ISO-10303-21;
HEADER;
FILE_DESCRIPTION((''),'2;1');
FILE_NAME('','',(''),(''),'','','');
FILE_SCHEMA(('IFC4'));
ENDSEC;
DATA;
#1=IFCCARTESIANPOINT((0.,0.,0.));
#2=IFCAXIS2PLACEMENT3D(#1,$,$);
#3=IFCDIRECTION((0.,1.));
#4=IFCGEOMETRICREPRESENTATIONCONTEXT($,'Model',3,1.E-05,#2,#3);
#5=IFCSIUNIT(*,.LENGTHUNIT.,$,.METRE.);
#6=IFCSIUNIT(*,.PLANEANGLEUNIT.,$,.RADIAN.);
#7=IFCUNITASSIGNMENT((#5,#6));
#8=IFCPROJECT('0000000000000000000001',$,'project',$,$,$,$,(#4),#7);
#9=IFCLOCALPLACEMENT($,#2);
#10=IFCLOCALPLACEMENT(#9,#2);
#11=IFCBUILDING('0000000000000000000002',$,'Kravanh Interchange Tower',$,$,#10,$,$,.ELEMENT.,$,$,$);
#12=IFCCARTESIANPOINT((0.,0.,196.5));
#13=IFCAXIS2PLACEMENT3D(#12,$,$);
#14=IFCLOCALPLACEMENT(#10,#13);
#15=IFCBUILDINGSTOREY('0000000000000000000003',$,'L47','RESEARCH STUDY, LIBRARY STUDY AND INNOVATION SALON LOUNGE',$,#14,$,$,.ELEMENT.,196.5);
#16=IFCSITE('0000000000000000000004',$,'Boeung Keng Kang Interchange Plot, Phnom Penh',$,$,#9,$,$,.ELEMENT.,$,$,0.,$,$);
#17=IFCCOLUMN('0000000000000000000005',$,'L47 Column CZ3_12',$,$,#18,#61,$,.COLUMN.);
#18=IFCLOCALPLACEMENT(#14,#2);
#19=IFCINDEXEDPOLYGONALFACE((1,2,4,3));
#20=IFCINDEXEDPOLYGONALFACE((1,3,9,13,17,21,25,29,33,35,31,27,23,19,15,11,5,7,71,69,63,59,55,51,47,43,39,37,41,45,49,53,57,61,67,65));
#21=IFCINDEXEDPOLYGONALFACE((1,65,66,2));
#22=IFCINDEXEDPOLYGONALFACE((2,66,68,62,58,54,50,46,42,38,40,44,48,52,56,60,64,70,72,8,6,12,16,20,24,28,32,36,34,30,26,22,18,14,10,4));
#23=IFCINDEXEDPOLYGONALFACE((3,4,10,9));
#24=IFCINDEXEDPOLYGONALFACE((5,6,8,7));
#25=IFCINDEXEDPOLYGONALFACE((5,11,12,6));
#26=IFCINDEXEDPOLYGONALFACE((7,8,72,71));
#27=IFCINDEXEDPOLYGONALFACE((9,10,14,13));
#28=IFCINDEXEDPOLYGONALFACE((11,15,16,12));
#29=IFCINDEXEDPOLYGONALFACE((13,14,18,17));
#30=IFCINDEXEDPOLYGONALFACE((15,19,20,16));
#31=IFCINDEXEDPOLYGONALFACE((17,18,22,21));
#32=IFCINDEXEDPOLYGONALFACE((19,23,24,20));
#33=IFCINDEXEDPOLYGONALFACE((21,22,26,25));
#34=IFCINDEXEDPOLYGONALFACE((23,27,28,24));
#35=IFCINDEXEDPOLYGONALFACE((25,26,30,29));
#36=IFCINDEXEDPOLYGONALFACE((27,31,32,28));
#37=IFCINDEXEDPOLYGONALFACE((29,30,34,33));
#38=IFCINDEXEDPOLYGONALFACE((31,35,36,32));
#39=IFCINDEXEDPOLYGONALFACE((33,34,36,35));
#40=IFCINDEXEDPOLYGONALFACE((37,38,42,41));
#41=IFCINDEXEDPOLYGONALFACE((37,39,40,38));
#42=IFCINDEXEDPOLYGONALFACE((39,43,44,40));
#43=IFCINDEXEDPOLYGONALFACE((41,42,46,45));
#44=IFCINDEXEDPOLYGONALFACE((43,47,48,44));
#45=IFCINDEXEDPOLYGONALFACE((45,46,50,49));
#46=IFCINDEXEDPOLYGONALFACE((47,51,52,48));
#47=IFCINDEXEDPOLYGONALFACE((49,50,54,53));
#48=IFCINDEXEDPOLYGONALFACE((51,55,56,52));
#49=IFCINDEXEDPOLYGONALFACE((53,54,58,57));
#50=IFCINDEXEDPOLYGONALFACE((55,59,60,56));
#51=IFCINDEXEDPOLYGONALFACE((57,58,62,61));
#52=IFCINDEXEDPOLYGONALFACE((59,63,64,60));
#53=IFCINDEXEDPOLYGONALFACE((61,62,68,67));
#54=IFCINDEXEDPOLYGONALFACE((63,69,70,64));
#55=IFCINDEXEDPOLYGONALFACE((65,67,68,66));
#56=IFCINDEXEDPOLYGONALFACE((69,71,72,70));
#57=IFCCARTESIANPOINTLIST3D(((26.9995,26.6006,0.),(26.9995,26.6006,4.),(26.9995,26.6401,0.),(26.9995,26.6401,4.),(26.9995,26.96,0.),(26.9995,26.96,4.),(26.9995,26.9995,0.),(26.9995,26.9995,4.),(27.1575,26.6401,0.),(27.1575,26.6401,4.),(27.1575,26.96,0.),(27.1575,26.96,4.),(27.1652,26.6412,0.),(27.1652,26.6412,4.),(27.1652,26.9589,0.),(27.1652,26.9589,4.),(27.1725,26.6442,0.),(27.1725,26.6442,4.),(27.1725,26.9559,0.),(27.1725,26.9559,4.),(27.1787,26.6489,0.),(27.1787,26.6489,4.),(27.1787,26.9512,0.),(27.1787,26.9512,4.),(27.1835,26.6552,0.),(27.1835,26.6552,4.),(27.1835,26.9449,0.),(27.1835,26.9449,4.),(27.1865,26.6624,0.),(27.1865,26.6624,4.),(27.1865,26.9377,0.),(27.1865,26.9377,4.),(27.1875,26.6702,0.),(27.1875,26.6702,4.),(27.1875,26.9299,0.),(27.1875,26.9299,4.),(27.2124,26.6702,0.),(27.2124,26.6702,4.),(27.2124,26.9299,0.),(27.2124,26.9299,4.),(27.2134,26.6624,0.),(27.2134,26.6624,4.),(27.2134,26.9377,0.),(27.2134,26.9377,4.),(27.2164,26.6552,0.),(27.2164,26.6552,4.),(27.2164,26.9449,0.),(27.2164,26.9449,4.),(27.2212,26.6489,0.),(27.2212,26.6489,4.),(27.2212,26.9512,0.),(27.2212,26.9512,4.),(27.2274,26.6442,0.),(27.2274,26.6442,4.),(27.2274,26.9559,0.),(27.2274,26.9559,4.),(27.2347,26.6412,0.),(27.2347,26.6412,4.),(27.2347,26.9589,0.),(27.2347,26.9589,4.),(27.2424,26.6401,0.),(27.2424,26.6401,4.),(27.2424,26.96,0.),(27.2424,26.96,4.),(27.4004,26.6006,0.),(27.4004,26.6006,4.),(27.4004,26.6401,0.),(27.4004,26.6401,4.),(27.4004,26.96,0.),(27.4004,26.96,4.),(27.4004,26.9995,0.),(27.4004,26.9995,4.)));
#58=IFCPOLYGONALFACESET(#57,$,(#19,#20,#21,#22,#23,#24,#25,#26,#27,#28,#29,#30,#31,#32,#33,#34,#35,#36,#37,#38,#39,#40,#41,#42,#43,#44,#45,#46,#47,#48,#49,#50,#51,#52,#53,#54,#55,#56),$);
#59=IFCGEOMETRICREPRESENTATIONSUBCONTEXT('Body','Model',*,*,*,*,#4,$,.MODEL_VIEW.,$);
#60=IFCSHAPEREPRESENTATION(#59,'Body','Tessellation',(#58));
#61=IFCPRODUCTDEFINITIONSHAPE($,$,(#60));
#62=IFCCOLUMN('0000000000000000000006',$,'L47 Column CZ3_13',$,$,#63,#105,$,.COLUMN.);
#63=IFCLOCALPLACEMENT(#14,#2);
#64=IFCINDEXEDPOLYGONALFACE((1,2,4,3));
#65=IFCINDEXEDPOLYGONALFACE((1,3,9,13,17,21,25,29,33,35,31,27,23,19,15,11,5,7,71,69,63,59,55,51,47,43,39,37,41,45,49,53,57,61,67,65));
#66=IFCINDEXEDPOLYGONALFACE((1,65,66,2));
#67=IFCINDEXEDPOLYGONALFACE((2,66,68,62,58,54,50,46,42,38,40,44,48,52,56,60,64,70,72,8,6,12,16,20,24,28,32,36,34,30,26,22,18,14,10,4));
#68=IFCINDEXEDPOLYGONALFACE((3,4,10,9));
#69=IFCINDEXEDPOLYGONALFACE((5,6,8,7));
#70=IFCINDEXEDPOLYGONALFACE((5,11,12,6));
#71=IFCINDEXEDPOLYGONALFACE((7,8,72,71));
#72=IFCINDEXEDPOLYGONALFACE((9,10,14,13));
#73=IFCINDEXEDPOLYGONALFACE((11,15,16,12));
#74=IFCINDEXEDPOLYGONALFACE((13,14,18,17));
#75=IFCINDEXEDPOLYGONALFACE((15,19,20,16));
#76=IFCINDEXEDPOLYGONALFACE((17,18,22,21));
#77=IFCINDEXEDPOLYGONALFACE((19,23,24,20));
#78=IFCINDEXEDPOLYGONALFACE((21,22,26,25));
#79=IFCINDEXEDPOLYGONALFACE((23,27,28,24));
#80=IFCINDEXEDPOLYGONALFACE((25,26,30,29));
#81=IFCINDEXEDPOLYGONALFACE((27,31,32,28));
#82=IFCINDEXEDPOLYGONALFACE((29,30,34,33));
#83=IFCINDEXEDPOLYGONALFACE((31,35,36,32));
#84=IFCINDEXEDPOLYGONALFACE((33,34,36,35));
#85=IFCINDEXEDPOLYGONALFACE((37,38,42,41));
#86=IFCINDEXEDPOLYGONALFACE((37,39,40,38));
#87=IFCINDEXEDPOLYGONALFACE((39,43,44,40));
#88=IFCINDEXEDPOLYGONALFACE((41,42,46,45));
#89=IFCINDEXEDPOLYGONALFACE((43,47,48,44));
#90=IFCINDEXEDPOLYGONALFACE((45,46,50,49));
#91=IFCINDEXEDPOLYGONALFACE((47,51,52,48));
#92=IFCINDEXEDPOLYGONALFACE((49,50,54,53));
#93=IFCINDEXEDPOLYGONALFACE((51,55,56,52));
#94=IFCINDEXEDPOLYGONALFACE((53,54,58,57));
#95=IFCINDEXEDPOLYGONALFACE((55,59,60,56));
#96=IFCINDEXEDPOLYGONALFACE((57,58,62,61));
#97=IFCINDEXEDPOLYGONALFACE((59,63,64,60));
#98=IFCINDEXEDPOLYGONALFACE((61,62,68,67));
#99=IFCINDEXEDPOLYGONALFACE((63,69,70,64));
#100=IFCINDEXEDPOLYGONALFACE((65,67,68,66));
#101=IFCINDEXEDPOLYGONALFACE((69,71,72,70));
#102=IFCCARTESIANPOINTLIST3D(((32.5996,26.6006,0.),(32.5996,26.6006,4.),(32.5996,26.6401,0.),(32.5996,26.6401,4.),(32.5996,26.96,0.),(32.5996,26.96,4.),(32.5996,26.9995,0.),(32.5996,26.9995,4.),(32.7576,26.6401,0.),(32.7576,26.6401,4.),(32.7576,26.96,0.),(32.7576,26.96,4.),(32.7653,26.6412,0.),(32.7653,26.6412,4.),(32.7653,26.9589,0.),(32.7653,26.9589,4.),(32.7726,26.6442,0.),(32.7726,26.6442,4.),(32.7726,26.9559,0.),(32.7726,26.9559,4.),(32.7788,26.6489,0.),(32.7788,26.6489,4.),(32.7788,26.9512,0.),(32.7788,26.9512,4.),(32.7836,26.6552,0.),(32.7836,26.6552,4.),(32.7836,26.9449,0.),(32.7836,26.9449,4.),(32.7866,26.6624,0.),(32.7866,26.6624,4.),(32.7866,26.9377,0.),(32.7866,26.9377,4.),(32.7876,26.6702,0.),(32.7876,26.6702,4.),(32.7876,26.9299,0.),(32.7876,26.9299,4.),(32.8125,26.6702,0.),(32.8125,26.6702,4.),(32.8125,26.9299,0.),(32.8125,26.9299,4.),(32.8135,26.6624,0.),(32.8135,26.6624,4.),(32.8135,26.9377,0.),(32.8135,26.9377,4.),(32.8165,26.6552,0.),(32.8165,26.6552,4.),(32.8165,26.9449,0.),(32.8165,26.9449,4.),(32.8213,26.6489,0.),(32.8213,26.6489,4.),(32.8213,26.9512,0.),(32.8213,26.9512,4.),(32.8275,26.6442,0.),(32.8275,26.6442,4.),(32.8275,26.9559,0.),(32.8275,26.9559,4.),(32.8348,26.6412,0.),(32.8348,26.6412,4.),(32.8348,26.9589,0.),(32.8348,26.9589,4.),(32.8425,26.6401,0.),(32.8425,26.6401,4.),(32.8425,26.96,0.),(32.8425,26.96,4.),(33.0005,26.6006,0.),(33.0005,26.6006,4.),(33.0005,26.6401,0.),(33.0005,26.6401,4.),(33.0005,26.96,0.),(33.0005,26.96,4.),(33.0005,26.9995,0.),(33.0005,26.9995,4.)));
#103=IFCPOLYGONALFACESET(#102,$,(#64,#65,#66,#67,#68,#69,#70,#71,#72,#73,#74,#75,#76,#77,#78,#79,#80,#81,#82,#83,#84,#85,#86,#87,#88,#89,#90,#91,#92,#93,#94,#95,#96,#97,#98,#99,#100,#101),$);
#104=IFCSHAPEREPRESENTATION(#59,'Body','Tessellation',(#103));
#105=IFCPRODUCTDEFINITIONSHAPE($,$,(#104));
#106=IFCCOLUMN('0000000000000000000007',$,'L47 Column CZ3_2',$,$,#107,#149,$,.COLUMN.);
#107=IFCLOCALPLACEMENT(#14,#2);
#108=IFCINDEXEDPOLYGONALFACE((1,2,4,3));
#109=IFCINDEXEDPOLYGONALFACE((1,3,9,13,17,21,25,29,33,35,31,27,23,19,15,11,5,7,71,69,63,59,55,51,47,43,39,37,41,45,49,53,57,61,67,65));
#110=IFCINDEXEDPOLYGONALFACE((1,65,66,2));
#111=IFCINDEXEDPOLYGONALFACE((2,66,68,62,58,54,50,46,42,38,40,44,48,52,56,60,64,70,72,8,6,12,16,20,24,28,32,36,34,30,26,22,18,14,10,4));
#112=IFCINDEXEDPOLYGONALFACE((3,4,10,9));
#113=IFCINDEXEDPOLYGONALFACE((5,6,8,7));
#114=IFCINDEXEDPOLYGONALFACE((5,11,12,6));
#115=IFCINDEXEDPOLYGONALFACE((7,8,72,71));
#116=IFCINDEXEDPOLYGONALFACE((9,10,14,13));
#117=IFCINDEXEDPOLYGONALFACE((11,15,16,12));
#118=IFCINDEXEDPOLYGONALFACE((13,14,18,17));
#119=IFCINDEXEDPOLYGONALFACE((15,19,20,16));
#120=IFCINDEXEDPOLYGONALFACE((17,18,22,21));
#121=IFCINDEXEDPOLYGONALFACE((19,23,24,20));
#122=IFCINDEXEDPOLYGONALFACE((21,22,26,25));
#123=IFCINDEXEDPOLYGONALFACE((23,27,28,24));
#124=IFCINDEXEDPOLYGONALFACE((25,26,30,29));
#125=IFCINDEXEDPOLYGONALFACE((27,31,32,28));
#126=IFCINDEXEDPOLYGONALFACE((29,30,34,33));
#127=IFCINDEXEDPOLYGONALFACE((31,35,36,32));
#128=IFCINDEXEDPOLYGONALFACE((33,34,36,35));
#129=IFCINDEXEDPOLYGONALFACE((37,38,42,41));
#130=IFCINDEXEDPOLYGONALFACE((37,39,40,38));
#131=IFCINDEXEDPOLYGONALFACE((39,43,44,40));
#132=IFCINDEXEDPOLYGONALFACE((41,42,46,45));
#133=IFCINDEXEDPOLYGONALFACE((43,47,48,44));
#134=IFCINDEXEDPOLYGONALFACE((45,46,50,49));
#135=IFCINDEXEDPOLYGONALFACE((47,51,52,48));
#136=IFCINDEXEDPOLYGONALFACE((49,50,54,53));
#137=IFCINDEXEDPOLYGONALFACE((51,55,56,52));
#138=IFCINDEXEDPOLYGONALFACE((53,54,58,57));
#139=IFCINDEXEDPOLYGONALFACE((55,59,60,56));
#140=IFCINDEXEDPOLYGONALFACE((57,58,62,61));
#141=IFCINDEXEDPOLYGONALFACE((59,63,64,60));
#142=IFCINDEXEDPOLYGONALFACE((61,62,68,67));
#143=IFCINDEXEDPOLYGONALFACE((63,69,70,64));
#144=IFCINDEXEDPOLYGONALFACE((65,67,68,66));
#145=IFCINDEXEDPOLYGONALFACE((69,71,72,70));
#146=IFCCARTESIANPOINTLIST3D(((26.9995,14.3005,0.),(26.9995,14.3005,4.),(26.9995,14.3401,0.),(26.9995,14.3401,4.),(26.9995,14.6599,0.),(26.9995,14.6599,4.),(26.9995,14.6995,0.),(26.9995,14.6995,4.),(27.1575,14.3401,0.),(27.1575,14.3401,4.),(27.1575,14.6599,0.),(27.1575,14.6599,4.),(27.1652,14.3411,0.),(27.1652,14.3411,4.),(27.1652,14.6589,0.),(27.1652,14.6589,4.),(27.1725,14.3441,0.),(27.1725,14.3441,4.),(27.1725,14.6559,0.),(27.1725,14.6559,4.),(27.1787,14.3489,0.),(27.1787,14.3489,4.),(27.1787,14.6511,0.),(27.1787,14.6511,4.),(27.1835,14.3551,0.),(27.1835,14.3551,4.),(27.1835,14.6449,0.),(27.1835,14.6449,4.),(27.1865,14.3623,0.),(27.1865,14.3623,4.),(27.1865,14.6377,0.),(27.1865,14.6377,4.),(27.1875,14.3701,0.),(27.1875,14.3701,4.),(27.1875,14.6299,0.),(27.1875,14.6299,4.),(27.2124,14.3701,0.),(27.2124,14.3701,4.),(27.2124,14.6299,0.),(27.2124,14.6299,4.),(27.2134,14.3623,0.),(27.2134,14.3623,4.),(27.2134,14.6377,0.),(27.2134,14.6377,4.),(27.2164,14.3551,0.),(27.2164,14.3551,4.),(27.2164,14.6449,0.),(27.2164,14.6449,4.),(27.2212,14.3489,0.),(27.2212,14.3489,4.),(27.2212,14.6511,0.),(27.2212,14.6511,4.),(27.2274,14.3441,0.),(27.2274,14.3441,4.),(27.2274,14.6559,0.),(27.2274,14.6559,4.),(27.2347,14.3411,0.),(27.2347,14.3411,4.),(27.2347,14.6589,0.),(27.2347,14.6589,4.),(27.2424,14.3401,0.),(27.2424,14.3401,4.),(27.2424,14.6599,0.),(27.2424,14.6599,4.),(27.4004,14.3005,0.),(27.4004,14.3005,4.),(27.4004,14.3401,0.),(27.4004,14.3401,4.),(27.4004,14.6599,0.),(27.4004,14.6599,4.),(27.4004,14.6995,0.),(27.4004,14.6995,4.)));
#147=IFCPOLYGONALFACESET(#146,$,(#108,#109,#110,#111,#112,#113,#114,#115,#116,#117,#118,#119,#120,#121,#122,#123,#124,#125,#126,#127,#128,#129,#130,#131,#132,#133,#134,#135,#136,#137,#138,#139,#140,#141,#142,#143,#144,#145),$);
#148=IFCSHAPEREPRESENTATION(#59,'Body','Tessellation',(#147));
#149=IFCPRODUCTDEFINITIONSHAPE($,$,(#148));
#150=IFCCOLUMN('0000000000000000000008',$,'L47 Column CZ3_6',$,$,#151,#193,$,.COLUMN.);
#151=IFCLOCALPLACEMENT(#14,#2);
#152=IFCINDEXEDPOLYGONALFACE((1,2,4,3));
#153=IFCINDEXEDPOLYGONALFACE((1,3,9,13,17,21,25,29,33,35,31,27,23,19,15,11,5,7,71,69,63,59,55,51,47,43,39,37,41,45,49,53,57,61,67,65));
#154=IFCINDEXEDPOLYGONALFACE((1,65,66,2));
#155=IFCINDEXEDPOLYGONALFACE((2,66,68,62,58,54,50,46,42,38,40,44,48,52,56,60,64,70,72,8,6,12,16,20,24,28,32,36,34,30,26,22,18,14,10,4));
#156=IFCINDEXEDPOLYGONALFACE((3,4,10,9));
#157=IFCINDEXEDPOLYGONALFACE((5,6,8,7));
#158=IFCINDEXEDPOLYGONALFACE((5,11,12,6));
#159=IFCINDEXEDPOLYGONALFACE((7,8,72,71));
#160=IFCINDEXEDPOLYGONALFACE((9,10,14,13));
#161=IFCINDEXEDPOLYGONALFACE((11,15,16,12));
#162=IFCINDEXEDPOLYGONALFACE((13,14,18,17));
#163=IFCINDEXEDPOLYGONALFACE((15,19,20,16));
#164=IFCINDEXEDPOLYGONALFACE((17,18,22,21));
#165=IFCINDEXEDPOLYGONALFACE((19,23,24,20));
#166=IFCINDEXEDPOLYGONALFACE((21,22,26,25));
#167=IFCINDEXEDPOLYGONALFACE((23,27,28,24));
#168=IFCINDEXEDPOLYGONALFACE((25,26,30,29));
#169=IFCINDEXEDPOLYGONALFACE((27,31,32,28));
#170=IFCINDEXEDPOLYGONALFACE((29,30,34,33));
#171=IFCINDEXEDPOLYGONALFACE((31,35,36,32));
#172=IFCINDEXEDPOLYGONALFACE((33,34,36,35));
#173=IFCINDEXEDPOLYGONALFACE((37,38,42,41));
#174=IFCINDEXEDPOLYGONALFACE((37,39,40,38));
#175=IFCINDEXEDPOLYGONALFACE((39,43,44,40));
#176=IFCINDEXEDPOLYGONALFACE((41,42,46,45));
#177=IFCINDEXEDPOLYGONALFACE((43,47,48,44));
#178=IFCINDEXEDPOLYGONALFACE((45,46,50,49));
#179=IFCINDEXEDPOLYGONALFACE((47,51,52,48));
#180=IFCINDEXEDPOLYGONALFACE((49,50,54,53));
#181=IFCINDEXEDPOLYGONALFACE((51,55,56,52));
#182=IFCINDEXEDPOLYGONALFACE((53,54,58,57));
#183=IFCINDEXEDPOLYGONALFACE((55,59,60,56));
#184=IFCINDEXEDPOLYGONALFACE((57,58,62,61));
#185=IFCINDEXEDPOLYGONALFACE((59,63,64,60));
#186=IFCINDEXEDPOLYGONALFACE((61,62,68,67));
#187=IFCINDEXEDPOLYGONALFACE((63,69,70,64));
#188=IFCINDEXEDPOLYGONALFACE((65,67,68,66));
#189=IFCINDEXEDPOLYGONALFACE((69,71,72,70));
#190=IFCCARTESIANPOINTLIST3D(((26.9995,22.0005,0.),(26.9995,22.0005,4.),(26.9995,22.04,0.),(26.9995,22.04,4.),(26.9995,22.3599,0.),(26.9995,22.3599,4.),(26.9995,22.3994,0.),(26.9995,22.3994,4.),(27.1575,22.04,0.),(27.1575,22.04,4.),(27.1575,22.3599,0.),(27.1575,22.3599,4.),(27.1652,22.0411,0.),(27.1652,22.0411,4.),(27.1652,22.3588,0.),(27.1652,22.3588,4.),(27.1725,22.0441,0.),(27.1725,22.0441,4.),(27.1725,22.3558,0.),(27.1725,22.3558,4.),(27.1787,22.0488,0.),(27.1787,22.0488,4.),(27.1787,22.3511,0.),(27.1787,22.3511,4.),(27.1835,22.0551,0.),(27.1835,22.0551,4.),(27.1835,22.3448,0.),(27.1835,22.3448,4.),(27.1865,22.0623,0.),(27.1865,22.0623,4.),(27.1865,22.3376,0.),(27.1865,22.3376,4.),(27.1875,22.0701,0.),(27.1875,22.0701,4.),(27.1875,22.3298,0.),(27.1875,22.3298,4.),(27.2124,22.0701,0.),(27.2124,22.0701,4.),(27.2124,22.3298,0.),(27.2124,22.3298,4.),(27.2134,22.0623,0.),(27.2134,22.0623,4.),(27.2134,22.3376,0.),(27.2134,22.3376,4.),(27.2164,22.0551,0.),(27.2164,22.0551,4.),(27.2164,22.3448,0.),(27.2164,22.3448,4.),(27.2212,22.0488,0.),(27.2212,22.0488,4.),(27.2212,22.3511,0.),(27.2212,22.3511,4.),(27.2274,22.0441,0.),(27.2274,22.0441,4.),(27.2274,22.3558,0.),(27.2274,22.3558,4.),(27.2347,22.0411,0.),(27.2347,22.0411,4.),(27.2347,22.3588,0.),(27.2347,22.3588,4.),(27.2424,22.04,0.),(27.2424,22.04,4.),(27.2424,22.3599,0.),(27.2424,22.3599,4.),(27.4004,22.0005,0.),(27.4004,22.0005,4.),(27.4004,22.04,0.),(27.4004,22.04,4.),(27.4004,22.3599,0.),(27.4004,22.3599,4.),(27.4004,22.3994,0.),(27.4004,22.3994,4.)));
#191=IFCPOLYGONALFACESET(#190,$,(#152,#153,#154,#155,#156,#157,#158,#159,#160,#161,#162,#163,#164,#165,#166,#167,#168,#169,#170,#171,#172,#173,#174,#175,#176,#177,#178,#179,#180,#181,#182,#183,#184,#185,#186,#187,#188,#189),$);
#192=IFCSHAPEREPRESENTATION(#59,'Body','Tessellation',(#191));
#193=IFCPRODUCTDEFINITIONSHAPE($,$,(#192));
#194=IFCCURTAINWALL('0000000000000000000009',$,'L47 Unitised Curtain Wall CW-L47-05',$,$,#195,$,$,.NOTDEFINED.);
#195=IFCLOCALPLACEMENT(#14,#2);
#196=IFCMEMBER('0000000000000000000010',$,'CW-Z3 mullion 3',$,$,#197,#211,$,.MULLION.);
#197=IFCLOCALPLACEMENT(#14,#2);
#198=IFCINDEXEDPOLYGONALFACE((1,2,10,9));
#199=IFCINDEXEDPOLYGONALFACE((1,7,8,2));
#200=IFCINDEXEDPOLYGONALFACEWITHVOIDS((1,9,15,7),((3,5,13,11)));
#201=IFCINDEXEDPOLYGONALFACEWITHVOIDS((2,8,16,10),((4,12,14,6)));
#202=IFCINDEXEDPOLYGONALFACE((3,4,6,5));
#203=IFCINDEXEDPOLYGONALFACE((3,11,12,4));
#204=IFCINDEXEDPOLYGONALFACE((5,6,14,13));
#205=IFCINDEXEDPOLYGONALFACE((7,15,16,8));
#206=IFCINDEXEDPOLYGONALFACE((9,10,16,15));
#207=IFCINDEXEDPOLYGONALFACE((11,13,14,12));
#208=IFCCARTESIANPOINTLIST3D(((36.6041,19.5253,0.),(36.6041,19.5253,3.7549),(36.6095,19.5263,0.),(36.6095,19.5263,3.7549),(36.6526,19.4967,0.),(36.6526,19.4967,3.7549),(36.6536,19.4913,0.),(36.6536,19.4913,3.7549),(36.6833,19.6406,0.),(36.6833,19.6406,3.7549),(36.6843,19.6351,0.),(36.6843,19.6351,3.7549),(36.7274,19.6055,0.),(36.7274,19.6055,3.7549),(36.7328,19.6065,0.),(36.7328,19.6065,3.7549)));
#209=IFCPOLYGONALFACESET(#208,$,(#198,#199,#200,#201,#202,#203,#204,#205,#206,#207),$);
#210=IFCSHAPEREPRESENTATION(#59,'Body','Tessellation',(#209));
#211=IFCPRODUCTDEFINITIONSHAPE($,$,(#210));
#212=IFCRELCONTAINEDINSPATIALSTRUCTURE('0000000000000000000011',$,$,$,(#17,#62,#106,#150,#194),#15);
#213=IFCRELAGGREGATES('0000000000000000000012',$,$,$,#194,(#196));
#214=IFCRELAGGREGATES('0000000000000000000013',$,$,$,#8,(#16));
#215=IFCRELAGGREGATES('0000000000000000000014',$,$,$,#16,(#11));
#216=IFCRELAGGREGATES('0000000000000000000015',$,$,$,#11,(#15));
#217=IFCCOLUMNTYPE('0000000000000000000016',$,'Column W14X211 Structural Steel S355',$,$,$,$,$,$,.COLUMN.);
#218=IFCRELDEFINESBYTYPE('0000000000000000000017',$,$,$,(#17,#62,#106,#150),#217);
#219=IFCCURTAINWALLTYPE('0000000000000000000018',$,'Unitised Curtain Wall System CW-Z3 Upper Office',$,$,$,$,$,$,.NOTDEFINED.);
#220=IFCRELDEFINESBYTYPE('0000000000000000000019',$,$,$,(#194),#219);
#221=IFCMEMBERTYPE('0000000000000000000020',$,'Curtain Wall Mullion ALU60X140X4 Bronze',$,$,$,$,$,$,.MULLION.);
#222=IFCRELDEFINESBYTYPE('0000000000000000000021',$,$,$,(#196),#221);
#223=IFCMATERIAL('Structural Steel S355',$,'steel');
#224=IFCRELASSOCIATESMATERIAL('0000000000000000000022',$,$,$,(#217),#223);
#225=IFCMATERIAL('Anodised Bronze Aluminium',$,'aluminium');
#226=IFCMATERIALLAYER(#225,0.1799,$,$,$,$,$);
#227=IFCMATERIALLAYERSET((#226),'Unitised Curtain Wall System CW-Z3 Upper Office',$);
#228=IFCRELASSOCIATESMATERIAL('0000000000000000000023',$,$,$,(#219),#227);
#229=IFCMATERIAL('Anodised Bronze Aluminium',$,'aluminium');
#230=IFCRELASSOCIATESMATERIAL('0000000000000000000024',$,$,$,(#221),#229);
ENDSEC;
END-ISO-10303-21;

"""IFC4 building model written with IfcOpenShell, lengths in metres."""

from ifc_helpers import new_model, si_unit, direction, frame, origin, origin_2d, place, context, subcontext, project, spatial, hollow_rectangle, i_section, extrude, material, layer, layer_set, material_profile, profile_set, type_object, element, aggregate, save


model = new_model("IFC4")

# Units and contexts
model_context = context("Model", 3, precision=1e-05, world=origin(), true_north=direction((0.0, 1.0)))
body_context = subcontext(model_context, "Body", "Model", "MODEL_VIEW")
ifc_project = project(units=[si_unit("LENGTHUNIT", "METRE"), si_unit("PLANEANGLEUNIT", "RADIAN")], contexts=[model_context])

# Site, building, storey
site_placement = place(None, origin())
site = spatial("IfcSite", under=ifc_project, at=site_placement, Name="Boeung Keng Kang Interchange Plot, Phnom Penh", CompositionType="ELEMENT", RefElevation=0.0)
building_placement = place(site_placement, origin())
building = spatial("IfcBuilding", under=site, at=building_placement, Name="Kravanh Interchange Tower", CompositionType="ELEMENT")
storey_placement = place(building_placement, frame((0.0, 0.0, 196.5)))
storey = spatial("IfcBuildingStorey", under=building, at=storey_placement, Name="L47", Description="RESEARCH STUDY, LIBRARY STUDY AND INNOVATION SALON LOUNGE", CompositionType="ELEMENT", Elevation=196.5)

# Columns
ifc_material_1 = material(Name="Structural Steel S355", Category="steel")
ifc_material_profile_1 = material_profile(ifc_material_1, i_section(OverallWidth=0.4009, OverallDepth=0.3989, WebThickness=0.0249, FlangeThickness=0.0396, FilletRadius=0.03, at=origin_2d()), Name="W14X211")
ifc_profile_set_1 = profile_set([ifc_material_profile_1], Name="Structural Steel S355")
column_type = type_object("IfcColumnType", Name="Column W14X211 Structural Steel S355", PredefinedType="COLUMN", material=ifc_profile_set_1)
for number, where, z_axis, x_axis, name in (
    (1, (27.2, 26.8, 0.0), (0.0, 0.0, 1.0), (1.0, 0.0, 0.0), "L47 Column CZ3_12"),
    (2, (32.8, 26.8, 0.0), (0.0, 0.0, 1.0), (1.0, 0.0, 0.0), "L47 Column CZ3_13"),
    (3, (27.2, 14.5, 0.0), (0.0, 0.0, 1.0), (1.0, 0.0, 0.0), "L47 Column CZ3_2"),
    (4, (27.2, 22.2, 0.0), (0.0, 0.0, 1.0), (1.0, 0.0, 0.0), "L47 Column CZ3_6"),
):
    element("IfcColumn", number, at=place(storey_placement, frame(where, z_axis=z_axis, x_axis=x_axis)), inside=storey, type_object=column_type, Name=name, PredefinedType="COLUMN", context=body_context, shape_type="SweptSolid", body=[
        extrude(i_section(OverallWidth=0.4009, OverallDepth=0.3989, WebThickness=0.0249, FlangeThickness=0.0396, FilletRadius=0.03, at=origin_2d()), origin(), (0.0, 0.0, 1.0), 4.0),
    ])

# Curtain wall, member
ifc_material_2 = material(Name="Anodised Bronze Aluminium", Category="aluminium")
ifc_layer_1 = layer(ifc_material_2, 0.1799)
ifc_layer_set_1 = layer_set([ifc_layer_1], Name="Unitised Curtain Wall System CW-Z3 Upper Office")
curtain_wall_type = type_object("IfcCurtainWallType", Name="Unitised Curtain Wall System CW-Z3 Upper Office", PredefinedType="NOTDEFINED", material=ifc_layer_set_1)
curtain_wall_1_placement = place(storey_placement, origin())
curtain_wall_1 = element("IfcCurtainWall", 5, at=curtain_wall_1_placement, inside=storey, type_object=curtain_wall_type, Name="L47 Unitised Curtain Wall CW-L47-05", PredefinedType="NOTDEFINED")
ifc_material_3 = material(Name="Anodised Bronze Aluminium", Category="aluminium")
ifc_material_profile_2 = material_profile(ifc_material_3, hollow_rectangle(XDim=0.0601, YDim=0.1399, WallThickness=0.0039, at=origin_2d()), Name="ALU60X140X4")
ifc_profile_set_2 = profile_set([ifc_material_profile_2], Name="Anodised Bronze Aluminium")
member_type_1 = type_object("IfcMemberType", Name="Curtain Wall Mullion ALU60X140X4 Bronze", PredefinedType="MULLION", material=ifc_profile_set_2)
member_1_placement = place(storey_placement, frame((36.6685, 19.5659, 0.0), z_axis=(0.0, 0.0, 1.0), x_axis=(0.824042, -0.566528, 0.0)))
member_1 = element("IfcMember", 6, at=member_1_placement, type_object=member_type_1, Name="CW-Z3 mullion 3", PredefinedType="MULLION", context=body_context, shape_type="SweptSolid", body=[
    extrude(hollow_rectangle(XDim=0.0601, YDim=0.1399, WallThickness=0.0039, at=origin_2d()), origin(), (0.0, 0.0, 1.0), 3.7549),
])

aggregate(curtain_wall_1, [member_1])

save(model, "model.ifc")
